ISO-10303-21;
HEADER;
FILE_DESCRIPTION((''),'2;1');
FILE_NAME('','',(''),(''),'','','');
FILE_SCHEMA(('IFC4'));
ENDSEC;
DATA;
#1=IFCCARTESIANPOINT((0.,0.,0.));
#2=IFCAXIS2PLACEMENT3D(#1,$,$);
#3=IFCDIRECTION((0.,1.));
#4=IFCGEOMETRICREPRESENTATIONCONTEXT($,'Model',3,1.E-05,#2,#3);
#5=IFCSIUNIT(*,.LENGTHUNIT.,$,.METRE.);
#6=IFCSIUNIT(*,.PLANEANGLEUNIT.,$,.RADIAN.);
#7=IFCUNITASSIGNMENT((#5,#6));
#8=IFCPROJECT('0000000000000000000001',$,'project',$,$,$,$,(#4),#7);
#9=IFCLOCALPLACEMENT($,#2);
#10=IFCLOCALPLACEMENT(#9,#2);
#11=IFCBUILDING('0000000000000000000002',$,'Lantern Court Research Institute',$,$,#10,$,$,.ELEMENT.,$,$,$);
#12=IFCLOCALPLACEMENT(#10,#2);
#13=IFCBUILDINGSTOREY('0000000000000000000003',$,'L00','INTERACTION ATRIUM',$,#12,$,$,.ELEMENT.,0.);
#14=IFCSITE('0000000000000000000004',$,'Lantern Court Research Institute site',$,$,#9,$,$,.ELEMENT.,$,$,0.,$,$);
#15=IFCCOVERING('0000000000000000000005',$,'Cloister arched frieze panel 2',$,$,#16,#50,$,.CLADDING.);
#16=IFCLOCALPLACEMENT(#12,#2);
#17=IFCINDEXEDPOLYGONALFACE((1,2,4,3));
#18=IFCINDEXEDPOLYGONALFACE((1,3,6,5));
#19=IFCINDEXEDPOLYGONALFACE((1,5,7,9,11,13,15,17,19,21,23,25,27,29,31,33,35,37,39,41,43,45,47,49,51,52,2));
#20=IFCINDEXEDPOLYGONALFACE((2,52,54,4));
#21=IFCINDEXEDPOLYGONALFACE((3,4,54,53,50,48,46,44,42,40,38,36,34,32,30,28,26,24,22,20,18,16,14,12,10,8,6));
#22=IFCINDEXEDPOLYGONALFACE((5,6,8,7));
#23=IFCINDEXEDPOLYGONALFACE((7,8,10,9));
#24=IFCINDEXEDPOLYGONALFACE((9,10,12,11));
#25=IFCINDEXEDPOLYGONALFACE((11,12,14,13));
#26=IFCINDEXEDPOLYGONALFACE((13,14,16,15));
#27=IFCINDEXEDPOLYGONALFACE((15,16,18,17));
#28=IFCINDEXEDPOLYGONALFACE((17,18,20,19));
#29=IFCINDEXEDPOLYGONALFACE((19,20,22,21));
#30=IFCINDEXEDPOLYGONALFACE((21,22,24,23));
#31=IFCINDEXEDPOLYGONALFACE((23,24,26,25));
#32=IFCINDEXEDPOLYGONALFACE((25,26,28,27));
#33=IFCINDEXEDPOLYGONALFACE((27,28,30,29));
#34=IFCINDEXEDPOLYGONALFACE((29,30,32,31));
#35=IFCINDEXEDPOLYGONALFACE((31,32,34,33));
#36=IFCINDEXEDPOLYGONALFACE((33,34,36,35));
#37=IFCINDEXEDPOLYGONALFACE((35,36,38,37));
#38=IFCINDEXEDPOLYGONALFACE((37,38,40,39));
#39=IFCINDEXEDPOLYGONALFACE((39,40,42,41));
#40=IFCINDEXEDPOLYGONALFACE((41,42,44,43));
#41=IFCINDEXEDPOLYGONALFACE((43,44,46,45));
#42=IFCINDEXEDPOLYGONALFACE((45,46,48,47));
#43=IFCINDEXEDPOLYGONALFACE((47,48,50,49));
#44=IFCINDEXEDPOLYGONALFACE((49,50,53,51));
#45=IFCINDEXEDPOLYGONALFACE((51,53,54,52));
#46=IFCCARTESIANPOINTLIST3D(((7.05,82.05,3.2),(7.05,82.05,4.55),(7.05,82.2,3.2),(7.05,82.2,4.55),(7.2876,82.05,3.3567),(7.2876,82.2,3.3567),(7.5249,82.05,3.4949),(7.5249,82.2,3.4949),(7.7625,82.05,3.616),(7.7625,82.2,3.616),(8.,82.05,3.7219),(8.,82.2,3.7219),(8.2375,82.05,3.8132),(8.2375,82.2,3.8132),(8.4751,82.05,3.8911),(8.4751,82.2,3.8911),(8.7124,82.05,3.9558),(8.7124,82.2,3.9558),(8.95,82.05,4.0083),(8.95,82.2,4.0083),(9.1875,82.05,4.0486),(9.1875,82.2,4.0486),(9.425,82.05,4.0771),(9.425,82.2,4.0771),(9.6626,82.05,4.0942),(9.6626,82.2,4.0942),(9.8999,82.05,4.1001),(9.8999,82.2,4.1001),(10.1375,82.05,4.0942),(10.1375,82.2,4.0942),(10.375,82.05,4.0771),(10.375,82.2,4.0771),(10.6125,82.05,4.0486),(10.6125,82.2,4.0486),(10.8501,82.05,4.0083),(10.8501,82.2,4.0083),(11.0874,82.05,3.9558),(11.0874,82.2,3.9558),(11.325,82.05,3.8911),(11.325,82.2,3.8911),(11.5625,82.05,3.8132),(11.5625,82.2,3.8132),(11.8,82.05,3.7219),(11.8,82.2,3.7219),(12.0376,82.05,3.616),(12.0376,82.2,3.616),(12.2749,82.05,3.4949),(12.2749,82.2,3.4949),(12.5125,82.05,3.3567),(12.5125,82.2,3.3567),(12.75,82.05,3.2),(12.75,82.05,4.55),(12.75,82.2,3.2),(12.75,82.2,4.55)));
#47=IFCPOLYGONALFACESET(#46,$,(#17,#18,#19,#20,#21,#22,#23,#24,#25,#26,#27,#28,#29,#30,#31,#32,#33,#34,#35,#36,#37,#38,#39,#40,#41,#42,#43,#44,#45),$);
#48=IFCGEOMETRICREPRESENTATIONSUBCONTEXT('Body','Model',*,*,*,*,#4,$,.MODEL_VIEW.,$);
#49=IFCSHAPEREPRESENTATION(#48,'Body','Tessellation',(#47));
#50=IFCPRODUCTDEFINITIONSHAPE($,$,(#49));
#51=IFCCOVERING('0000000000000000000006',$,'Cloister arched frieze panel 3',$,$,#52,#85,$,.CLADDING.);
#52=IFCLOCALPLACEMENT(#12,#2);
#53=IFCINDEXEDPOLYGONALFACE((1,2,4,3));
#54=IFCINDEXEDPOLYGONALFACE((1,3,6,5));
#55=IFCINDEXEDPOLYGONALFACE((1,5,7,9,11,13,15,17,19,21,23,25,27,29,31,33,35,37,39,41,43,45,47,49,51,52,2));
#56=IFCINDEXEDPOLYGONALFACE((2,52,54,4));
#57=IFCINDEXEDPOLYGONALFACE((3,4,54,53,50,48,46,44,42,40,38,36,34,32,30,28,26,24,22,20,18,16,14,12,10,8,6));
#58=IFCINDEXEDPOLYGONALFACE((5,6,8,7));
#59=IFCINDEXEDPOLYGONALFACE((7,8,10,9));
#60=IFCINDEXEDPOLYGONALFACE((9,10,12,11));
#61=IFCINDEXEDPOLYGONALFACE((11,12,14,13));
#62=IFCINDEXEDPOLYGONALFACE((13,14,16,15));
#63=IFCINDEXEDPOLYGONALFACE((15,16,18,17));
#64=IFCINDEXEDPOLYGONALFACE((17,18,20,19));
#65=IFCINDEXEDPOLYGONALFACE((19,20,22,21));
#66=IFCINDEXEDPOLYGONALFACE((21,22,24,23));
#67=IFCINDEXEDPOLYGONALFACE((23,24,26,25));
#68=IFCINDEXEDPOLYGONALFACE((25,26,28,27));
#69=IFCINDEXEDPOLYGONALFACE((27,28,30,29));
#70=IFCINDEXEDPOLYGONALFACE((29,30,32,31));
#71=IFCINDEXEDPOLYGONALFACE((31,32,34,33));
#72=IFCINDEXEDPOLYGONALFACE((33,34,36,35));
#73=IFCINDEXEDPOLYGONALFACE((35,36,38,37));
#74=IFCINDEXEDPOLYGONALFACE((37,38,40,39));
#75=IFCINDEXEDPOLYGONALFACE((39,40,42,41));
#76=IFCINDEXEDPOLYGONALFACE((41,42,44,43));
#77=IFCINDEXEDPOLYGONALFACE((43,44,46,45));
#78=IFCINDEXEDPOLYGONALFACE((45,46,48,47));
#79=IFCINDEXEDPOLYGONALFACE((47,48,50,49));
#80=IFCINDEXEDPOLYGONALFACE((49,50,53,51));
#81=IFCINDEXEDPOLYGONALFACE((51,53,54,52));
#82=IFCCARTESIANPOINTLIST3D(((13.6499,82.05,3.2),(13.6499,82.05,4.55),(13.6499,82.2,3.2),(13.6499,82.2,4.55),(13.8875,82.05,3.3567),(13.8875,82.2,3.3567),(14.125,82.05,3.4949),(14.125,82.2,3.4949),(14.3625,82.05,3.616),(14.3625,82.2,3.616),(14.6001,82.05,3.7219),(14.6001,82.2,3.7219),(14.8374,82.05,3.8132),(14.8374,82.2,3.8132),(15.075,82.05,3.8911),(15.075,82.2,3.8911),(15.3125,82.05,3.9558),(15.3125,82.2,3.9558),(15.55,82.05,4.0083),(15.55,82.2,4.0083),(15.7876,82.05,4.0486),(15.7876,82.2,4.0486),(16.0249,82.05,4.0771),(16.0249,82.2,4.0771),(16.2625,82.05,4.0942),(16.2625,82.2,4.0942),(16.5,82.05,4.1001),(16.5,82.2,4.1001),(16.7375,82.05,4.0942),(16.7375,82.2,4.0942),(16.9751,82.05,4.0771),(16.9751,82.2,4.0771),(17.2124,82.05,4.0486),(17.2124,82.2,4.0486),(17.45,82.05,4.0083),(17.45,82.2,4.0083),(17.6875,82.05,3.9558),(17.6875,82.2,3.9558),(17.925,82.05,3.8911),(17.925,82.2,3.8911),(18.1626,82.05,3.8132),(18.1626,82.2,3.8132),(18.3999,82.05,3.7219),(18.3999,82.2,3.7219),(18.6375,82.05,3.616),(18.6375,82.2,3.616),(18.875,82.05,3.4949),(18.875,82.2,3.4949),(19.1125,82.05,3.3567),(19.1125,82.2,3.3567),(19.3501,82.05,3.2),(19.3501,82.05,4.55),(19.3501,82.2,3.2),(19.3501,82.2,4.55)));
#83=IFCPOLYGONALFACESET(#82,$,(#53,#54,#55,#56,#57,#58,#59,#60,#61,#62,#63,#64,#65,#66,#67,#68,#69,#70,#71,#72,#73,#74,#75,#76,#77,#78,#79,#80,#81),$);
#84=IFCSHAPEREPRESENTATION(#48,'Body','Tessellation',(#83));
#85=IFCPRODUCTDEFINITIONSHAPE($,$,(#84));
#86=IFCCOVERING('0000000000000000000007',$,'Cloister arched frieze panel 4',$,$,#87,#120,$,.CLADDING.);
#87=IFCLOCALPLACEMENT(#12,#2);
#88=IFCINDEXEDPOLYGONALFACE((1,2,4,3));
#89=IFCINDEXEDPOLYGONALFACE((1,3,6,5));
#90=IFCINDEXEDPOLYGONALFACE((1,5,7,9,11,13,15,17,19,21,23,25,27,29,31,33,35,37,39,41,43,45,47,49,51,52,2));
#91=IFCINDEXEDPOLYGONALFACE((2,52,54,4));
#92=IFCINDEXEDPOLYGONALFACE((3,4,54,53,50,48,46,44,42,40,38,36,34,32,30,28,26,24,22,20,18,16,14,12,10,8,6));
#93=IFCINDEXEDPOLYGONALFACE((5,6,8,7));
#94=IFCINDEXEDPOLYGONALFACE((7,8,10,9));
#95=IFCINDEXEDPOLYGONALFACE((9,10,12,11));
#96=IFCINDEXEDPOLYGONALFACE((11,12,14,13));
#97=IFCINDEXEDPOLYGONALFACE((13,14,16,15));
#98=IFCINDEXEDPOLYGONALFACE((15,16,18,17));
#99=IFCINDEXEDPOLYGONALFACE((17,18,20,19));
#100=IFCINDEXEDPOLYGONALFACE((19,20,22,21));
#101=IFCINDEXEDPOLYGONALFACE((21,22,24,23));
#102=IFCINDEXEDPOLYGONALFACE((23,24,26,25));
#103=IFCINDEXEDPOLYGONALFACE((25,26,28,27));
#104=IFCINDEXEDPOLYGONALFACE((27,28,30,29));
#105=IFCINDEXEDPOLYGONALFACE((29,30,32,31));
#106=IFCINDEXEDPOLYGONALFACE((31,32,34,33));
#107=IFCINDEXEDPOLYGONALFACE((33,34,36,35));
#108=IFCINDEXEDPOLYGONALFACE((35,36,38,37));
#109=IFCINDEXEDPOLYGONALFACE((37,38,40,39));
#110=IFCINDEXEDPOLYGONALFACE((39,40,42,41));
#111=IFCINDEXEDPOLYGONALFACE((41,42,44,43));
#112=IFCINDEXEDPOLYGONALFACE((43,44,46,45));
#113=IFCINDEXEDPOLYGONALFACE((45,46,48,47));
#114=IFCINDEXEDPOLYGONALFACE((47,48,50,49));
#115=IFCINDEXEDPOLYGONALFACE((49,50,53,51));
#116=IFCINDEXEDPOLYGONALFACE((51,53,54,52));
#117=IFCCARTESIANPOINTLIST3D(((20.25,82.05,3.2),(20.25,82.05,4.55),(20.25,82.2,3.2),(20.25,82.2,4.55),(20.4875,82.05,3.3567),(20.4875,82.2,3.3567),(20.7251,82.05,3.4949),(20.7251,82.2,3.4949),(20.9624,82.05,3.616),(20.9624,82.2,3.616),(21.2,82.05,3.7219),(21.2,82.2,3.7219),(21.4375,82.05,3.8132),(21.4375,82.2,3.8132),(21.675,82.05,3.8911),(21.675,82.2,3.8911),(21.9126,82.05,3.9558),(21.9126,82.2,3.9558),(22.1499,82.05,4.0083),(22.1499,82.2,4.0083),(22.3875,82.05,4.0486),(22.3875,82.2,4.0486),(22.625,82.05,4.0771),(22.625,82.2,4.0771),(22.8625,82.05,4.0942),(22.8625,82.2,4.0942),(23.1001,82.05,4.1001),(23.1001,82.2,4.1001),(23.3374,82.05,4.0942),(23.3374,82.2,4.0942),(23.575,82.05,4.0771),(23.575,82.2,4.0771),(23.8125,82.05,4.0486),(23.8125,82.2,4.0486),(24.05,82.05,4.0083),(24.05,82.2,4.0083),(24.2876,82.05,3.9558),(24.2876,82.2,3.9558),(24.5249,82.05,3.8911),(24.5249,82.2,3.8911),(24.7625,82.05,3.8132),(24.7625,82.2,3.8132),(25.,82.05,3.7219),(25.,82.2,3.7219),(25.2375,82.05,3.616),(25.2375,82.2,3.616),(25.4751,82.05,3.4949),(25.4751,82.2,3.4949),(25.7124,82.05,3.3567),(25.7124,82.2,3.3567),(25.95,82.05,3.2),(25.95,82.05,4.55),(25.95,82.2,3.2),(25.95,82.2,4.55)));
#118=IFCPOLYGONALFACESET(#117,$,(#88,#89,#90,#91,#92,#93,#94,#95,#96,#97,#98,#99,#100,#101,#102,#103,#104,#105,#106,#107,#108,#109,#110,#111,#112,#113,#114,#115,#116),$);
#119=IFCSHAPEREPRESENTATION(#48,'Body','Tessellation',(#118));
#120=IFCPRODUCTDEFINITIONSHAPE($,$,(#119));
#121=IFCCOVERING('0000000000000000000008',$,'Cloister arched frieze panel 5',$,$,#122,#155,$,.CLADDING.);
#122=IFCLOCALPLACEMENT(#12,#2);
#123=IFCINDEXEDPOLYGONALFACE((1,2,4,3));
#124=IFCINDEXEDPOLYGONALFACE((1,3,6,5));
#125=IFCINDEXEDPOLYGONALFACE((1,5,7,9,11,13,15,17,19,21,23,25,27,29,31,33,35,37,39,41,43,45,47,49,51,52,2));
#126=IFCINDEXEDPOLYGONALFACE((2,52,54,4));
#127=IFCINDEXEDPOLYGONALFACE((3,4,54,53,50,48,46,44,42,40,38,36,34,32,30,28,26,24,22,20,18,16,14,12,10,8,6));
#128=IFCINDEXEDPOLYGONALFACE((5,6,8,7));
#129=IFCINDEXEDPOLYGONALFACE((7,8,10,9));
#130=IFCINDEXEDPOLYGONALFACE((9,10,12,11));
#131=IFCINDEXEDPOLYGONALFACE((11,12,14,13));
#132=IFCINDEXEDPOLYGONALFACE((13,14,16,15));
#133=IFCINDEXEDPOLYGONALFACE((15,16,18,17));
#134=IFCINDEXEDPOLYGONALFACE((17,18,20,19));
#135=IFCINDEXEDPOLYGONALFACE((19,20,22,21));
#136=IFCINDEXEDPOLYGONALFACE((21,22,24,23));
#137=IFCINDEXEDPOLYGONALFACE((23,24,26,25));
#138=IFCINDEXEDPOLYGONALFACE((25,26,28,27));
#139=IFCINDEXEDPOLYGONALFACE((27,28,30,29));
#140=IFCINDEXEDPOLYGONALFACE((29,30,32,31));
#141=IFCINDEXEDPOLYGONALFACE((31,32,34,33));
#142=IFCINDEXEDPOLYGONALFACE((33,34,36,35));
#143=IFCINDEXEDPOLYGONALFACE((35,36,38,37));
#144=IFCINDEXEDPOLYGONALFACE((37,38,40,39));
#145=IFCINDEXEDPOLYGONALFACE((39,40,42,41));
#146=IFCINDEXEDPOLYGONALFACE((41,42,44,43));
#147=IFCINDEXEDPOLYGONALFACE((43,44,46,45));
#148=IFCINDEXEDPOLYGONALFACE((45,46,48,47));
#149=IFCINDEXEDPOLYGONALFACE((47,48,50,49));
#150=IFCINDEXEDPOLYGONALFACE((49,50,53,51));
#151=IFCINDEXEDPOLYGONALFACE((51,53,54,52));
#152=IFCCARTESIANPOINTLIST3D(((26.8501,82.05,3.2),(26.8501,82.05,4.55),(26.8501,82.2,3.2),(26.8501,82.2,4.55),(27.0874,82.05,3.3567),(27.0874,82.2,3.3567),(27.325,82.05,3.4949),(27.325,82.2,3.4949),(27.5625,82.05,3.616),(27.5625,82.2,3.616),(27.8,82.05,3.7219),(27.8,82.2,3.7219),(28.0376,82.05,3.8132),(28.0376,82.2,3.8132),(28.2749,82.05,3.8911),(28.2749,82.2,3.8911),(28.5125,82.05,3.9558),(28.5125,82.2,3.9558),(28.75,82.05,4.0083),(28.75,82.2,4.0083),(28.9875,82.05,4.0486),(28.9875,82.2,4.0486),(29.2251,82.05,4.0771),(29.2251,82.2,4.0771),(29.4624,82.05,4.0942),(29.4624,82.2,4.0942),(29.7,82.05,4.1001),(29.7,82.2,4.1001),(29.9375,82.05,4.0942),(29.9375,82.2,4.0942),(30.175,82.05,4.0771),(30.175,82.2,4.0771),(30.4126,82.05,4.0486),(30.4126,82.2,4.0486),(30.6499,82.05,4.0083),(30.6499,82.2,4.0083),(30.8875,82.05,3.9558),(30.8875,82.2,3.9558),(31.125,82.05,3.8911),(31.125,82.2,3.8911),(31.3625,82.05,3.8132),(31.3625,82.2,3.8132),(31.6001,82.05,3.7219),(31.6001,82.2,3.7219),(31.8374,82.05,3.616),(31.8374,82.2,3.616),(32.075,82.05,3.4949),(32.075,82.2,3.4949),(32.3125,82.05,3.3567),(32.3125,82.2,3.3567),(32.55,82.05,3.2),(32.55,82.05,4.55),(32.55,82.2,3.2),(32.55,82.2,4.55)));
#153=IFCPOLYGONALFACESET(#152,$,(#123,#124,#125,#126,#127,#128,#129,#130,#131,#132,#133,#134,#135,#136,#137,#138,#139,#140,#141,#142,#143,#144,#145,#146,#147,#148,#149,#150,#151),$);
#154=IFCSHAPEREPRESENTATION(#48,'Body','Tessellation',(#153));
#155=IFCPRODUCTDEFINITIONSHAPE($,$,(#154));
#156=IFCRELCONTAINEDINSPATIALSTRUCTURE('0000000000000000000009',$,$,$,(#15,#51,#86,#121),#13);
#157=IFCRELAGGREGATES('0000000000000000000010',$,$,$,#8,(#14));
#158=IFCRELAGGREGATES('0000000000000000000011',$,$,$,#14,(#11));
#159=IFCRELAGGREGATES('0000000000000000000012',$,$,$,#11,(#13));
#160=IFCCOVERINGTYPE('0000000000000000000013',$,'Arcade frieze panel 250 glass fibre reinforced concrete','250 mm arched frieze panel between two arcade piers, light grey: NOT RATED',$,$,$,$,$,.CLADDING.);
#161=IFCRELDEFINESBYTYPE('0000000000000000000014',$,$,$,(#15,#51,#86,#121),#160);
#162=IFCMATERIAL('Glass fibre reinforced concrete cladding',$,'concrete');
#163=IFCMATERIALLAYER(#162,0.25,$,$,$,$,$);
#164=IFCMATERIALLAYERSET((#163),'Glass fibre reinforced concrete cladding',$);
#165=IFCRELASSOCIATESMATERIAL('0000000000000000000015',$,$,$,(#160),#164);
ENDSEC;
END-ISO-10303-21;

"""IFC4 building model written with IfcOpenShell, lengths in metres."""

from ifc_helpers import new_model, si_unit, direction, frame, origin, place, context, subcontext, project, spatial, polyline, outline, extrude, material, layer, layer_set, type_object, element, save


model = new_model("IFC4")

# Units and contexts
model_context = context("Model", 3, precision=1e-05, world=origin(), true_north=direction((0.0, 1.0)))
body_context = subcontext(model_context, "Body", "Model", "MODEL_VIEW")
ifc_project = project(units=[si_unit("LENGTHUNIT", "METRE"), si_unit("PLANEANGLEUNIT", "RADIAN")], contexts=[model_context])

# Site, building, storey
site_placement = place(None, origin())
site = spatial("IfcSite", under=ifc_project, at=site_placement, Name="Lantern Court Research Institute site", CompositionType="ELEMENT", RefElevation=0.0)
building_placement = place(site_placement, origin())
building = spatial("IfcBuilding", under=site, at=building_placement, Name="Lantern Court Research Institute", CompositionType="ELEMENT")
storey_placement = place(building_placement, origin())
storey = spatial("IfcBuildingStorey", under=building, at=storey_placement, Name="L00", Description="INTERACTION ATRIUM", CompositionType="ELEMENT", Elevation=0.0)

# Coverings
ifc_material_1 = material(Name="Glass fibre reinforced concrete cladding", Category="concrete")
ifc_layer_1 = layer(ifc_material_1, 0.25)
ifc_layer_set_1 = layer_set([ifc_layer_1], Name="Glass fibre reinforced concrete cladding")
covering_type_1 = type_object("IfcCoveringType", Name="Arcade frieze panel 250 glass fibre reinforced concrete", Description="250 mm arched frieze panel between two arcade piers, light grey: NOT RATED", PredefinedType="CLADDING", material=ifc_layer_set_1)
covering_1_placement = place(storey_placement, frame((0.0, 82.2, 0.0), z_axis=(0.0, -1.0, 0.0), x_axis=(1.0, 0.0, 0.0)))
element("IfcCovering", 1, at=covering_1_placement, inside=storey, type_object=covering_type_1, Name="Cloister arched frieze panel 2", PredefinedType="CLADDING", context=body_context, shape_type="SweptSolid", body=[
    extrude(outline(polyline([(7.05, 4.55), (7.05, 3.2), (7.2876, 3.3567), (7.5249, 3.4949), (7.7625, 3.616), (8.0, 3.7219), (8.2375, 3.8132), (8.4751, 3.8911), (8.7124, 3.9558), (8.95, 4.0083), (9.1875, 4.0486), (9.425, 4.0771), (9.6626, 4.0942), (9.8999, 4.1001), (10.1375, 4.0942), (10.375, 4.0771), (10.6125, 4.0486), (10.8501, 4.0083), (11.0874, 3.9558), (11.325, 3.8911), (11.5625, 3.8132), (11.8, 3.7219), (12.0376, 3.616), (12.2749, 3.4949), (12.5125, 3.3567), (12.75, 3.2), (12.75, 4.55), (7.05, 4.55)])), origin(), (0.0, 0.0, 1.0), 0.1499),
])
covering_2_placement = place(storey_placement, frame((0.0, 82.2, 0.0), z_axis=(0.0, -1.0, 0.0), x_axis=(1.0, 0.0, 0.0)))
element("IfcCovering", 2, at=covering_2_placement, inside=storey, type_object=covering_type_1, Name="Cloister arched frieze panel 3", PredefinedType="CLADDING", context=body_context, shape_type="SweptSolid", body=[
    extrude(outline(polyline([(13.6499, 4.55), (13.6499, 3.2), (13.8875, 3.3567), (14.125, 3.4949), (14.3625, 3.616), (14.6001, 3.7219), (14.8374, 3.8132), (15.075, 3.8911), (15.3125, 3.9558), (15.55, 4.0083), (15.7876, 4.0486), (16.0249, 4.0771), (16.2625, 4.0942), (16.5, 4.1001), (16.7375, 4.0942), (16.9751, 4.0771), (17.2124, 4.0486), (17.45, 4.0083), (17.6875, 3.9558), (17.925, 3.8911), (18.1626, 3.8132), (18.3999, 3.7219), (18.6375, 3.616), (18.875, 3.4949), (19.1125, 3.3567), (19.3501, 3.2), (19.3501, 4.55), (13.6499, 4.55)])), origin(), (0.0, 0.0, 1.0), 0.1499),
])
covering_3_placement = place(storey_placement, frame((0.0, 82.2, 0.0), z_axis=(0.0, -1.0, 0.0), x_axis=(1.0, 0.0, 0.0)))
element("IfcCovering", 3, at=covering_3_placement, inside=storey, type_object=covering_type_1, Name="Cloister arched frieze panel 4", PredefinedType="CLADDING", context=body_context, shape_type="SweptSolid", body=[
    extrude(outline(polyline([(20.25, 4.55), (20.25, 3.2), (20.4875, 3.3567), (20.7251, 3.4949), (20.9624, 3.616), (21.2, 3.7219), (21.4375, 3.8132), (21.675, 3.8911), (21.9126, 3.9558), (22.1499, 4.0083), (22.3875, 4.0486), (22.625, 4.0771), (22.8625, 4.0942), (23.1001, 4.1001), (23.3374, 4.0942), (23.575, 4.0771), (23.8125, 4.0486), (24.05, 4.0083), (24.2876, 3.9558), (24.5249, 3.8911), (24.7625, 3.8132), (25.0, 3.7219), (25.2375, 3.616), (25.4751, 3.4949), (25.7124, 3.3567), (25.95, 3.2), (25.95, 4.55), (20.25, 4.55)])), origin(), (0.0, 0.0, 1.0), 0.1499),
])
covering_4_placement = place(storey_placement, frame((0.0, 82.2, 0.0), z_axis=(0.0, -1.0, 0.0), x_axis=(1.0, 0.0, 0.0)))
element("IfcCovering", 4, at=covering_4_placement, inside=storey, type_object=covering_type_1, Name="Cloister arched frieze panel 5", PredefinedType="CLADDING", context=body_context, shape_type="SweptSolid", body=[
    extrude(outline(polyline([(26.8501, 4.55), (26.8501, 3.2), (27.0874, 3.3567), (27.325, 3.4949), (27.5625, 3.616), (27.8, 3.7219), (28.0376, 3.8132), (28.2749, 3.8911), (28.5125, 3.9558), (28.75, 4.0083), (28.9875, 4.0486), (29.2251, 4.0771), (29.4624, 4.0942), (29.7, 4.1001), (29.9375, 4.0942), (30.175, 4.0771), (30.4126, 4.0486), (30.6499, 4.0083), (30.8875, 3.9558), (31.125, 3.8911), (31.3625, 3.8132), (31.6001, 3.7219), (31.8374, 3.616), (32.075, 3.4949), (32.3125, 3.3567), (32.55, 3.2), (32.55, 4.55), (26.8501, 4.55)])), origin(), (0.0, 0.0, 1.0), 0.1499),
])

save(model, "model.ifc")
